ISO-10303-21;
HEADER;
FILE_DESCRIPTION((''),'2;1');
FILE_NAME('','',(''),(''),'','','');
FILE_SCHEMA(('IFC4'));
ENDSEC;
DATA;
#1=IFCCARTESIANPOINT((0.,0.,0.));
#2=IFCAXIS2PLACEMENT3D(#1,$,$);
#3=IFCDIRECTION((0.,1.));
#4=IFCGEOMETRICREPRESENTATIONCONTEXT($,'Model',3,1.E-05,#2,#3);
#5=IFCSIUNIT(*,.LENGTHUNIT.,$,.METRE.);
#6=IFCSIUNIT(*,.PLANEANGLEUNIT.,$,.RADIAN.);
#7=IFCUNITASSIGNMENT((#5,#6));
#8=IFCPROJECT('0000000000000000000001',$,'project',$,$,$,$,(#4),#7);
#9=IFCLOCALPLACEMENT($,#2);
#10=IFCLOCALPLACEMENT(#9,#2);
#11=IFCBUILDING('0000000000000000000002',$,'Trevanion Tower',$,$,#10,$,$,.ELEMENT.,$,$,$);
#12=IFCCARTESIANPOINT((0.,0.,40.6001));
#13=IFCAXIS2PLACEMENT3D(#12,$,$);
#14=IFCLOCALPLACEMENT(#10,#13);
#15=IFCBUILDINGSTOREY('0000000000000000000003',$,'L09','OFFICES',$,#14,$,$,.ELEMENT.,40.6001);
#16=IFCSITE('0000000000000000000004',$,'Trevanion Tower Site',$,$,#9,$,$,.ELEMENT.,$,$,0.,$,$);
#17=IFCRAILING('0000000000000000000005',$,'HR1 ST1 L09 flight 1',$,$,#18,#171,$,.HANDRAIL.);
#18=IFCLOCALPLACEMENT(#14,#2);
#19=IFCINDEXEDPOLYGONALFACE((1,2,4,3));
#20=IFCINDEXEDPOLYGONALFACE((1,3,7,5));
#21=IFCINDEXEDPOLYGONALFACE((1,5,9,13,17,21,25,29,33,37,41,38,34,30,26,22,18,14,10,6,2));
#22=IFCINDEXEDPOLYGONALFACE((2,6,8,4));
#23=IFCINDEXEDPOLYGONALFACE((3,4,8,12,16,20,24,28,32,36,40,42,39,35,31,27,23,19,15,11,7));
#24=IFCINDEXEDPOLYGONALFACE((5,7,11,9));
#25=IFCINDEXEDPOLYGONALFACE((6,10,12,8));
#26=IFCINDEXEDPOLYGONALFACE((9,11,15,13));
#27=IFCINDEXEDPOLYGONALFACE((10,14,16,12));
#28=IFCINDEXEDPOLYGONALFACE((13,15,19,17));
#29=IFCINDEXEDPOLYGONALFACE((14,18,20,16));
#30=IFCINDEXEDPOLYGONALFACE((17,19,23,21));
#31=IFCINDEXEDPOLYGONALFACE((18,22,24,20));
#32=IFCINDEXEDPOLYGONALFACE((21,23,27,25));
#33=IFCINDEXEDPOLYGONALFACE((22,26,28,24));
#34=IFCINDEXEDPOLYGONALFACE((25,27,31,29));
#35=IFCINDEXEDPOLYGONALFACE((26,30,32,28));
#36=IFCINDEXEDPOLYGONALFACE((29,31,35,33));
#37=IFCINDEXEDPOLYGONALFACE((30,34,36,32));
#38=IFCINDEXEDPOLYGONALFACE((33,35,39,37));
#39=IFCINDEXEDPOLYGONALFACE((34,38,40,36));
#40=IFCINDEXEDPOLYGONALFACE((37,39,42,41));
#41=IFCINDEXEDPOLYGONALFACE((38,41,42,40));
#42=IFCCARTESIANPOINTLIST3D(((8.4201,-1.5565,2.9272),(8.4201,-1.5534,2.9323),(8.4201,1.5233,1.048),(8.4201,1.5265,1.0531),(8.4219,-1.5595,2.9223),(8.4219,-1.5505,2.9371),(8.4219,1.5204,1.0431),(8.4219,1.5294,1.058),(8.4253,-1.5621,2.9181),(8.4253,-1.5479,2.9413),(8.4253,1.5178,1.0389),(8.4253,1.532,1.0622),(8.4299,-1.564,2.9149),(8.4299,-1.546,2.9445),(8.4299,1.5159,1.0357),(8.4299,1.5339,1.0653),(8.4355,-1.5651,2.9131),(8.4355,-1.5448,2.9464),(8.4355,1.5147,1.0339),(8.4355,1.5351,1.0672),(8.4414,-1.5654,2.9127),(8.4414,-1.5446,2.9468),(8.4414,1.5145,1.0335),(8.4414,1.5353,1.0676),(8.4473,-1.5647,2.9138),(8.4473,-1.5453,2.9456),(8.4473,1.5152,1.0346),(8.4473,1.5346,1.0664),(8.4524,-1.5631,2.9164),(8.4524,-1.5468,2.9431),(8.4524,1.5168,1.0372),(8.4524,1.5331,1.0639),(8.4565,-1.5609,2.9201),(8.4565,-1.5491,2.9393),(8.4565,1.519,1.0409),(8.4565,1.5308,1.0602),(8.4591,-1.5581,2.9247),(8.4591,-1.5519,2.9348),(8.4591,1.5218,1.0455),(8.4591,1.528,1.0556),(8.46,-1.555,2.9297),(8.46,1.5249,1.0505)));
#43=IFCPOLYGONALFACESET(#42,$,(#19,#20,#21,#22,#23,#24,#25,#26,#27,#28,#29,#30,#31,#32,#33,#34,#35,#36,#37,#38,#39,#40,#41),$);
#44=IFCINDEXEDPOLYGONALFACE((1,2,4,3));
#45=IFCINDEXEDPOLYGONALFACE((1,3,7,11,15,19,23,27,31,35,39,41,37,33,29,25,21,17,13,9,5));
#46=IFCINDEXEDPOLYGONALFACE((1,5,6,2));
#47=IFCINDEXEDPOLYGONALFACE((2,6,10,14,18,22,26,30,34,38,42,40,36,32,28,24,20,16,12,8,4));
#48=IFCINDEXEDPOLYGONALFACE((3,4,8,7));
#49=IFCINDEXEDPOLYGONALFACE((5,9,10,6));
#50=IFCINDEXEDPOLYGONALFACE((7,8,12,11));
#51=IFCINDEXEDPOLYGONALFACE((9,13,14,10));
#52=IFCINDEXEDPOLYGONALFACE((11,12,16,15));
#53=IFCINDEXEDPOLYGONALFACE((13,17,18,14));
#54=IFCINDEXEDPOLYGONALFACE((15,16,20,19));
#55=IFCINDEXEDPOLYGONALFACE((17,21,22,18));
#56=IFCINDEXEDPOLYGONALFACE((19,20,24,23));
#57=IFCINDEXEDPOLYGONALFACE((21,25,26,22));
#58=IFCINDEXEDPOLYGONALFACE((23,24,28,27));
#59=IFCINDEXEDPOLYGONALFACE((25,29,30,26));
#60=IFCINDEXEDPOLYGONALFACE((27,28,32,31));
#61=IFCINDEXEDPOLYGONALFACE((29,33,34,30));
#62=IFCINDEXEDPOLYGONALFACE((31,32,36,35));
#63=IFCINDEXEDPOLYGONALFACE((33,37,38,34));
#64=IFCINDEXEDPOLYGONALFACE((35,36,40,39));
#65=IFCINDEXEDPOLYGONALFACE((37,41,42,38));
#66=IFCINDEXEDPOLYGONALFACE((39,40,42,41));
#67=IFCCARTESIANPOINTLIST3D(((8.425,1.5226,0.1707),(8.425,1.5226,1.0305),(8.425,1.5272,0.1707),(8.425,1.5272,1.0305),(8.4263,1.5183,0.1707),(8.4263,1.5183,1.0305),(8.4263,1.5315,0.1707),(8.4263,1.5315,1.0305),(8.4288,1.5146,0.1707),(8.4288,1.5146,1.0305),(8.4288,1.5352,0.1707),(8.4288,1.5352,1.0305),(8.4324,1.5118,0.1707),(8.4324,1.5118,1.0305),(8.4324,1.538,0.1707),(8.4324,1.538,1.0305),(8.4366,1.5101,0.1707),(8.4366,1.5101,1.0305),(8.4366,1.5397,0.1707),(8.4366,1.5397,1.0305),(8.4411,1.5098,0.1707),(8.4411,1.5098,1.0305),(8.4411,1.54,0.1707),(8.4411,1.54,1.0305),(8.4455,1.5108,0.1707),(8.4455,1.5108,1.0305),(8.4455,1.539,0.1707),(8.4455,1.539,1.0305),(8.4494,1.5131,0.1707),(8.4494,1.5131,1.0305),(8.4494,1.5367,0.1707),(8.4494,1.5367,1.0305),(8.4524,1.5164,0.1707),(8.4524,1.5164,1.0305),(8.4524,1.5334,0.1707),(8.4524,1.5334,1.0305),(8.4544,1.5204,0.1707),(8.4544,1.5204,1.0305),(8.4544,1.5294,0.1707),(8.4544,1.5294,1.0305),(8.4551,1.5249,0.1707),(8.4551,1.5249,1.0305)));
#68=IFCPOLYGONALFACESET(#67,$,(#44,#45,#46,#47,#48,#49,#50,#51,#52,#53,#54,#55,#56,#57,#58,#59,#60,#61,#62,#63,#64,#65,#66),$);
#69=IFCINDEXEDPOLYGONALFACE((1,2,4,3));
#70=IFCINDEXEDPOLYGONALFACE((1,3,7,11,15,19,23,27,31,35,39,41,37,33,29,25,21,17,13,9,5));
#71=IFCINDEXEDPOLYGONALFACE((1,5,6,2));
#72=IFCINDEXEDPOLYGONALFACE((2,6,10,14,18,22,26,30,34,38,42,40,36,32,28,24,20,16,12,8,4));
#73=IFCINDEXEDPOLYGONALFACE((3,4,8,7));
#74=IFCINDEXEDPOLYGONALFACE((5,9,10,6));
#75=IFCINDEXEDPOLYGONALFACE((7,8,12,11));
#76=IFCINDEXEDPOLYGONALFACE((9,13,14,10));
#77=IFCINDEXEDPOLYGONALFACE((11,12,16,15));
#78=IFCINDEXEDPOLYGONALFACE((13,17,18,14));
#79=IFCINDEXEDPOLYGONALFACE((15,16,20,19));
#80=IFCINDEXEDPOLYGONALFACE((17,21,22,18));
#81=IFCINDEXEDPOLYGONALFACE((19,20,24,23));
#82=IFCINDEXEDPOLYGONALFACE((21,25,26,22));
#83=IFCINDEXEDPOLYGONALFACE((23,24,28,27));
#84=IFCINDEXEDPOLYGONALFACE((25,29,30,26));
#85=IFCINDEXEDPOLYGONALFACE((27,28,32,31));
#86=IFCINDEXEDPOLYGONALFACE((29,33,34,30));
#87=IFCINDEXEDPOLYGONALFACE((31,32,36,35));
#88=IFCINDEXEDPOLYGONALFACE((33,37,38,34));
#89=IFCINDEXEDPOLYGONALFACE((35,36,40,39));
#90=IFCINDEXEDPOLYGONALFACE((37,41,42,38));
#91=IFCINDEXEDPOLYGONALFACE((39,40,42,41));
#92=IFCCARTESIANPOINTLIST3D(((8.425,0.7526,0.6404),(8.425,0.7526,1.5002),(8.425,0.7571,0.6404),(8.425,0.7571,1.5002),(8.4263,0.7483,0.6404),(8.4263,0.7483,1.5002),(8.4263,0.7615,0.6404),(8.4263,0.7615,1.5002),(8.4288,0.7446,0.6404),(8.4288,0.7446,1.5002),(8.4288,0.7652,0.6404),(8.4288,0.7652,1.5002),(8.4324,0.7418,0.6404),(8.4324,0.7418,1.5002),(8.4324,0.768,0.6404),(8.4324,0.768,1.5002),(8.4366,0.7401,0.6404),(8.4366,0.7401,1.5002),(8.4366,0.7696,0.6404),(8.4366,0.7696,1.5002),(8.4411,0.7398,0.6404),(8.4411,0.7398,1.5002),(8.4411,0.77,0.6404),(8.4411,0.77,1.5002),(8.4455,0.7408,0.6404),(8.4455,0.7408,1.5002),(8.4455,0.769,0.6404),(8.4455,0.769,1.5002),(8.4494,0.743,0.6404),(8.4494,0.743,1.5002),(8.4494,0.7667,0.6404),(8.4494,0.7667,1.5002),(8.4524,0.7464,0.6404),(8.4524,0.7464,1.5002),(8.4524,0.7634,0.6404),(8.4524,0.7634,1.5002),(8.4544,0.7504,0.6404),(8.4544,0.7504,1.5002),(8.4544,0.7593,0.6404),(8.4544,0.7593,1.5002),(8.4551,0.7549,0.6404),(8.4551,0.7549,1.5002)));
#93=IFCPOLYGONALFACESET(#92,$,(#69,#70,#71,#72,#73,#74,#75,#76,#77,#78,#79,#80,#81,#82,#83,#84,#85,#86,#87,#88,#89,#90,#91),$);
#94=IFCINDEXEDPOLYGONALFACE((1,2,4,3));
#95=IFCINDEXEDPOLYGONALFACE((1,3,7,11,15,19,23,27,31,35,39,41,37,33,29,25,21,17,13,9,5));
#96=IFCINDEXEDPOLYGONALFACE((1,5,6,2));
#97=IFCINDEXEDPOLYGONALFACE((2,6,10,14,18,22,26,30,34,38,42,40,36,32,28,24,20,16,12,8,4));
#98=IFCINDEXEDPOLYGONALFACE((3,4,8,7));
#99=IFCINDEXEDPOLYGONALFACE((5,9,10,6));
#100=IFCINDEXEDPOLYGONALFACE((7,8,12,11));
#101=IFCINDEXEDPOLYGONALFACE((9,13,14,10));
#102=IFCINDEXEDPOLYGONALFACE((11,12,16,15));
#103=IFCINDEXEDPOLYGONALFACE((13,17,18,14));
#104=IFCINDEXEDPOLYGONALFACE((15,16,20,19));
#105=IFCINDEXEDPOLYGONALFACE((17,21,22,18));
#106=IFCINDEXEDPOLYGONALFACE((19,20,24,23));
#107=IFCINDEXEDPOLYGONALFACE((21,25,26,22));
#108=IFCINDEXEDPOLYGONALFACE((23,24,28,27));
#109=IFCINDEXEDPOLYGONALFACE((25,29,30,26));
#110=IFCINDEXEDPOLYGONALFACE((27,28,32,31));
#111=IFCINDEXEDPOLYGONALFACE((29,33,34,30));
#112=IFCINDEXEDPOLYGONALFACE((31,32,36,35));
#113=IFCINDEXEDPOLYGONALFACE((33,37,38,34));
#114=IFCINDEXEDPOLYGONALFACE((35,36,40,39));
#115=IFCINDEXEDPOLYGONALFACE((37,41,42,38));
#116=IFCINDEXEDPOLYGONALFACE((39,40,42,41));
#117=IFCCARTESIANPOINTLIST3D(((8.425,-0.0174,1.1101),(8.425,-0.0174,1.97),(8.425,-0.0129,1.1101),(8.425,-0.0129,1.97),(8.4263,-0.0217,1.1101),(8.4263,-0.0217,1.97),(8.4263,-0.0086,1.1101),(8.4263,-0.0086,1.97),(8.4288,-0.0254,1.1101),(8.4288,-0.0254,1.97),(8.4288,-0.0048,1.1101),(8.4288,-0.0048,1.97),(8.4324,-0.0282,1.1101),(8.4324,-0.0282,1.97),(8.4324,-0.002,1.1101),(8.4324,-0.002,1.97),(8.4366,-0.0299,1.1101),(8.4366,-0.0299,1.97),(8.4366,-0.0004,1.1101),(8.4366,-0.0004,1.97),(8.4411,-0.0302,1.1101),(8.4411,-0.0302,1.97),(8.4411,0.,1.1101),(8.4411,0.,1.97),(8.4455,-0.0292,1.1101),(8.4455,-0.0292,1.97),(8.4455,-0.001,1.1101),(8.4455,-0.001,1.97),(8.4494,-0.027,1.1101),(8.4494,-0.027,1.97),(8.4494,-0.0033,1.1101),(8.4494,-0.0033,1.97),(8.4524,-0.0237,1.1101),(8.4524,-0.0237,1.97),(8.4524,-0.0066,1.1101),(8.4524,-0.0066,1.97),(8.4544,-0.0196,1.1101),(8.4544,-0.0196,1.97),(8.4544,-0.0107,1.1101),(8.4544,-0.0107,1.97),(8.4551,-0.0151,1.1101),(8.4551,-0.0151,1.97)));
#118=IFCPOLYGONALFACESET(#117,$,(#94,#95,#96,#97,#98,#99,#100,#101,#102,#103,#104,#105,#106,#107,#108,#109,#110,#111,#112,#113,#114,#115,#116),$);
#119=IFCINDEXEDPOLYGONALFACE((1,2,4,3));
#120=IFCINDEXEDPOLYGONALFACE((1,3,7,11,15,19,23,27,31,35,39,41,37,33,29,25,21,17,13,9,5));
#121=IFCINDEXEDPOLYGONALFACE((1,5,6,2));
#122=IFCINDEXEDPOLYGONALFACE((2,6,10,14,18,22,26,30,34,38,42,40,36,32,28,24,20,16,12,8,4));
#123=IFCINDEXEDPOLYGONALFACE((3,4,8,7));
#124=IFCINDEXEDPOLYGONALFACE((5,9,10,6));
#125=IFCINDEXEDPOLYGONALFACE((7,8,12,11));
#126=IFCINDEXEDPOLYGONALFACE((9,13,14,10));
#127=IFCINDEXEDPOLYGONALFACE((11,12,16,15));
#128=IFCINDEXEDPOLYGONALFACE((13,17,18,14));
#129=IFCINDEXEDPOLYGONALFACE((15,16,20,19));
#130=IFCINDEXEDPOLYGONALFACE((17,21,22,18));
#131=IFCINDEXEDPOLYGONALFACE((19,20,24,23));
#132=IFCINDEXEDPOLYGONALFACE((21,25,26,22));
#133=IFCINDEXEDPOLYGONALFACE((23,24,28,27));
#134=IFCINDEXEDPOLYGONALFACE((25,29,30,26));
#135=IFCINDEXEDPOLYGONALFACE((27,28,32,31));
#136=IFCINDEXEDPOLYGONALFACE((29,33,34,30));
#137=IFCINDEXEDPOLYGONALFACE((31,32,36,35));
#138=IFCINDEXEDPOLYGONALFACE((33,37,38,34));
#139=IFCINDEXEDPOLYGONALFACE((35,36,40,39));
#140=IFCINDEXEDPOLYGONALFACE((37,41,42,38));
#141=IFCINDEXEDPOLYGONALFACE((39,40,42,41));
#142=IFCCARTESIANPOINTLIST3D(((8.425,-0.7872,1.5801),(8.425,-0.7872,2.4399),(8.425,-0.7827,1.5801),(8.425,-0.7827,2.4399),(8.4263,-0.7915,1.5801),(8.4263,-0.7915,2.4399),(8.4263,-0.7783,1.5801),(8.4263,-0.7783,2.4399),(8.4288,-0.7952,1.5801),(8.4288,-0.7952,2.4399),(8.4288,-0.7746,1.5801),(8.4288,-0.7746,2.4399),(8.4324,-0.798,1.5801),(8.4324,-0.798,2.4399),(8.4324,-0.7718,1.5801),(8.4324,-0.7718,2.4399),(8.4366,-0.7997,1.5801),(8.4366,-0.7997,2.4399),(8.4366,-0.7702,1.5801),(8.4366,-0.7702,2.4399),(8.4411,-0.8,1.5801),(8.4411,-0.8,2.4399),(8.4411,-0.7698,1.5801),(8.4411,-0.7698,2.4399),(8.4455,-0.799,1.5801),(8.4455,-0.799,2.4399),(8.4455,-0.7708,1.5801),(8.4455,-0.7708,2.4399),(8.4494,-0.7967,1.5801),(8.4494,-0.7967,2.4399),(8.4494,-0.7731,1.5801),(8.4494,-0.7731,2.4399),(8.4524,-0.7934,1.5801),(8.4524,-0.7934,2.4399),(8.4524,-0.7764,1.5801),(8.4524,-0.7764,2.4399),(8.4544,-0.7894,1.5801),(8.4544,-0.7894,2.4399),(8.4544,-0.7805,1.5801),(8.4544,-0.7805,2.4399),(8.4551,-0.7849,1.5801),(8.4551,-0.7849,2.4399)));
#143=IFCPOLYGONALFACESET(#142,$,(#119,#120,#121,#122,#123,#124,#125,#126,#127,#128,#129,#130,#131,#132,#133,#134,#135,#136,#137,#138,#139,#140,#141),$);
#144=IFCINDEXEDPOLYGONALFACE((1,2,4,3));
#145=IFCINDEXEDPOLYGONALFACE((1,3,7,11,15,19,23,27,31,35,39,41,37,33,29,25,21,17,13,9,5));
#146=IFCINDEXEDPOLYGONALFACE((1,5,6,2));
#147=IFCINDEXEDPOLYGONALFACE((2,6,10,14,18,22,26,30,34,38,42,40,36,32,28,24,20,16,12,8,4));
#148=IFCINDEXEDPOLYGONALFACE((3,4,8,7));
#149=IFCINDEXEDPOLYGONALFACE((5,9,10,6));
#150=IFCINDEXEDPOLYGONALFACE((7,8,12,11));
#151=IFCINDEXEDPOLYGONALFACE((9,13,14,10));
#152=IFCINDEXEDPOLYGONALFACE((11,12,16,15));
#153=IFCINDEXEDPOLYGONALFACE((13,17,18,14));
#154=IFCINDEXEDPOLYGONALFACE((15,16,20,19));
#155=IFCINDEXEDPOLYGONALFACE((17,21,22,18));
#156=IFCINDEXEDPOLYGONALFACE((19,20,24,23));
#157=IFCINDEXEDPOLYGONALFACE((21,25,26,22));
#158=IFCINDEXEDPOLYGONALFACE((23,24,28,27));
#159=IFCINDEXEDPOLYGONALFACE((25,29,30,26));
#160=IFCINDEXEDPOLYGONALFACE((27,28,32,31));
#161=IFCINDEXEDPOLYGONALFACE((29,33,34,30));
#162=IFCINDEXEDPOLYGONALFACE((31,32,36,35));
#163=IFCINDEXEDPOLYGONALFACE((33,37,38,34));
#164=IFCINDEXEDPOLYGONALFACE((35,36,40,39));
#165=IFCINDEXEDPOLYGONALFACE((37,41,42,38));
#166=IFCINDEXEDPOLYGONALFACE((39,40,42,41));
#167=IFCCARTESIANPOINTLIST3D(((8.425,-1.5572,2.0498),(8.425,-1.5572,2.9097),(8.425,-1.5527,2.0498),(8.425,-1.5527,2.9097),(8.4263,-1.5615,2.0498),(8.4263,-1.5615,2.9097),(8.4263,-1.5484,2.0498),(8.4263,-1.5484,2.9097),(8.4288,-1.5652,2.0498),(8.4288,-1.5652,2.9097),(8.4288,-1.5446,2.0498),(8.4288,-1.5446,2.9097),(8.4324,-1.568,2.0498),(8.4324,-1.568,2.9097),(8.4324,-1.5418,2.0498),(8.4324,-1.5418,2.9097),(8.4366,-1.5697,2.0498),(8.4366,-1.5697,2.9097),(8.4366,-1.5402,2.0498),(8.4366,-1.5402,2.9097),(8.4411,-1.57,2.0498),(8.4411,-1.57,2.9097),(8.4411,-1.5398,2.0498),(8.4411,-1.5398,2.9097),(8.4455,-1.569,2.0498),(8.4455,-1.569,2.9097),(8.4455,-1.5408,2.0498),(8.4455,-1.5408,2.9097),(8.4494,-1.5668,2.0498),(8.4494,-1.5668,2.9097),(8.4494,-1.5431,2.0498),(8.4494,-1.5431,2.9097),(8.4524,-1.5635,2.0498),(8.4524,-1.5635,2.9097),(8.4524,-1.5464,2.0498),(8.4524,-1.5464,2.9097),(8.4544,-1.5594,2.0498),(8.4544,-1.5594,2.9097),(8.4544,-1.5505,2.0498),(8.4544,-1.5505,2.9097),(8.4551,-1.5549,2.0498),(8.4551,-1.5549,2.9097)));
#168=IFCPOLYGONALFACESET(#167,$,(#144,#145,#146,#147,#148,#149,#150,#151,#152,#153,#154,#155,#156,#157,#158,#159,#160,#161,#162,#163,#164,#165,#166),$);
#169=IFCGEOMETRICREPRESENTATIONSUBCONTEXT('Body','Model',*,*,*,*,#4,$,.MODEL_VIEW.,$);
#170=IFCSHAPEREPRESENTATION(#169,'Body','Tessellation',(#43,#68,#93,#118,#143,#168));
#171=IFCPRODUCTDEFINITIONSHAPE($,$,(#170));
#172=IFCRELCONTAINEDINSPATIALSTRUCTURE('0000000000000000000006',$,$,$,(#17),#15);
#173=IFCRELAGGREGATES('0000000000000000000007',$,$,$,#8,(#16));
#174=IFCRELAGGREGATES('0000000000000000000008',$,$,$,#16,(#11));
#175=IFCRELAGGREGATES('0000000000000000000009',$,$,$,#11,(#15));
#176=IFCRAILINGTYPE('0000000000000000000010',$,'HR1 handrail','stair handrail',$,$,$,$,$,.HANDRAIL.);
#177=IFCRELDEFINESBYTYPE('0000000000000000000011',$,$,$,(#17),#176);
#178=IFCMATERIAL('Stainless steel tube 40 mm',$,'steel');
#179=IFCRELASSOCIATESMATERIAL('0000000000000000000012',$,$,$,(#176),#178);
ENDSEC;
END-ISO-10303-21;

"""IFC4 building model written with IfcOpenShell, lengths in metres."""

from ifc_helpers import new_model, si_unit, direction, frame, origin, origin_2d, place, context, subcontext, project, spatial, circle, extrude, material, type_object, element, save


model = new_model("IFC4")

# Units and contexts
model_context = context("Model", 3, precision=1e-05, world=origin(), true_north=direction((0.0, 1.0)))
body_context = subcontext(model_context, "Body", "Model", "MODEL_VIEW")
ifc_project = project(units=[si_unit("LENGTHUNIT", "METRE"), si_unit("PLANEANGLEUNIT", "RADIAN")], contexts=[model_context])

# Site, building, storey
site_placement = place(None, origin())
site = spatial("IfcSite", under=ifc_project, at=site_placement, Name="Trevanion Tower Site", CompositionType="ELEMENT", RefElevation=0.0)
building_placement = place(site_placement, origin())
building = spatial("IfcBuilding", under=site, at=building_placement, Name="Trevanion Tower", CompositionType="ELEMENT")
storey_placement = place(building_placement, frame((0.0, 0.0, 40.6001)))
storey = spatial("IfcBuildingStorey", under=building, at=storey_placement, Name="L09", Description="OFFICES", CompositionType="ELEMENT", Elevation=40.6001)

# Railing
ifc_material_1 = material(Name="Stainless steel tube 40 mm", Category="steel")
railing_type = type_object("IfcRailingType", Name="HR1 handrail", Description="stair handrail", PredefinedType="HANDRAIL", material=ifc_material_1)
for number, where, name in (
    (1, (8.4399, 1.5249, 0.1707), "HR1 ST1 L09 flight 1"),
):
    element("IfcRailing", number, at=place(storey_placement, frame(where)), inside=storey, type_object=railing_type, Name=name, PredefinedType="HANDRAIL", context=body_context, shape_type="SweptSolid", body=[
        extrude(circle(Radius=0.02, at=origin_2d()), frame((0.0, 0.0, 0.8799), z_axis=(0.0, -0.853648, 0.52085), x_axis=(1.0, 0.0, 0.0)), (0.0, 0.0, 1.0), 3.6079),
        extrude(circle(Radius=0.0151, at=origin_2d()), origin(), (0.0, 0.0, 1.0), 0.8599),
        extrude(circle(Radius=0.0151, at=origin_2d()), frame((0.0, -0.77, 0.4697)), (0.0, 0.0, 1.0), 0.8599),
        extrude(circle(Radius=0.0151, at=origin_2d()), frame((0.0, -1.54, 0.9395)), (0.0, 0.0, 1.0), 0.8599),
        extrude(circle(Radius=0.0151, at=origin_2d()), frame((0.0, -2.3098, 1.4094)), (0.0, 0.0, 1.0), 0.8599),
        extrude(circle(Radius=0.0151, at=origin_2d()), frame((0.0, -3.0798, 1.8792)), (0.0, 0.0, 1.0), 0.8599),
    ])

save(model, "model.ifc")
